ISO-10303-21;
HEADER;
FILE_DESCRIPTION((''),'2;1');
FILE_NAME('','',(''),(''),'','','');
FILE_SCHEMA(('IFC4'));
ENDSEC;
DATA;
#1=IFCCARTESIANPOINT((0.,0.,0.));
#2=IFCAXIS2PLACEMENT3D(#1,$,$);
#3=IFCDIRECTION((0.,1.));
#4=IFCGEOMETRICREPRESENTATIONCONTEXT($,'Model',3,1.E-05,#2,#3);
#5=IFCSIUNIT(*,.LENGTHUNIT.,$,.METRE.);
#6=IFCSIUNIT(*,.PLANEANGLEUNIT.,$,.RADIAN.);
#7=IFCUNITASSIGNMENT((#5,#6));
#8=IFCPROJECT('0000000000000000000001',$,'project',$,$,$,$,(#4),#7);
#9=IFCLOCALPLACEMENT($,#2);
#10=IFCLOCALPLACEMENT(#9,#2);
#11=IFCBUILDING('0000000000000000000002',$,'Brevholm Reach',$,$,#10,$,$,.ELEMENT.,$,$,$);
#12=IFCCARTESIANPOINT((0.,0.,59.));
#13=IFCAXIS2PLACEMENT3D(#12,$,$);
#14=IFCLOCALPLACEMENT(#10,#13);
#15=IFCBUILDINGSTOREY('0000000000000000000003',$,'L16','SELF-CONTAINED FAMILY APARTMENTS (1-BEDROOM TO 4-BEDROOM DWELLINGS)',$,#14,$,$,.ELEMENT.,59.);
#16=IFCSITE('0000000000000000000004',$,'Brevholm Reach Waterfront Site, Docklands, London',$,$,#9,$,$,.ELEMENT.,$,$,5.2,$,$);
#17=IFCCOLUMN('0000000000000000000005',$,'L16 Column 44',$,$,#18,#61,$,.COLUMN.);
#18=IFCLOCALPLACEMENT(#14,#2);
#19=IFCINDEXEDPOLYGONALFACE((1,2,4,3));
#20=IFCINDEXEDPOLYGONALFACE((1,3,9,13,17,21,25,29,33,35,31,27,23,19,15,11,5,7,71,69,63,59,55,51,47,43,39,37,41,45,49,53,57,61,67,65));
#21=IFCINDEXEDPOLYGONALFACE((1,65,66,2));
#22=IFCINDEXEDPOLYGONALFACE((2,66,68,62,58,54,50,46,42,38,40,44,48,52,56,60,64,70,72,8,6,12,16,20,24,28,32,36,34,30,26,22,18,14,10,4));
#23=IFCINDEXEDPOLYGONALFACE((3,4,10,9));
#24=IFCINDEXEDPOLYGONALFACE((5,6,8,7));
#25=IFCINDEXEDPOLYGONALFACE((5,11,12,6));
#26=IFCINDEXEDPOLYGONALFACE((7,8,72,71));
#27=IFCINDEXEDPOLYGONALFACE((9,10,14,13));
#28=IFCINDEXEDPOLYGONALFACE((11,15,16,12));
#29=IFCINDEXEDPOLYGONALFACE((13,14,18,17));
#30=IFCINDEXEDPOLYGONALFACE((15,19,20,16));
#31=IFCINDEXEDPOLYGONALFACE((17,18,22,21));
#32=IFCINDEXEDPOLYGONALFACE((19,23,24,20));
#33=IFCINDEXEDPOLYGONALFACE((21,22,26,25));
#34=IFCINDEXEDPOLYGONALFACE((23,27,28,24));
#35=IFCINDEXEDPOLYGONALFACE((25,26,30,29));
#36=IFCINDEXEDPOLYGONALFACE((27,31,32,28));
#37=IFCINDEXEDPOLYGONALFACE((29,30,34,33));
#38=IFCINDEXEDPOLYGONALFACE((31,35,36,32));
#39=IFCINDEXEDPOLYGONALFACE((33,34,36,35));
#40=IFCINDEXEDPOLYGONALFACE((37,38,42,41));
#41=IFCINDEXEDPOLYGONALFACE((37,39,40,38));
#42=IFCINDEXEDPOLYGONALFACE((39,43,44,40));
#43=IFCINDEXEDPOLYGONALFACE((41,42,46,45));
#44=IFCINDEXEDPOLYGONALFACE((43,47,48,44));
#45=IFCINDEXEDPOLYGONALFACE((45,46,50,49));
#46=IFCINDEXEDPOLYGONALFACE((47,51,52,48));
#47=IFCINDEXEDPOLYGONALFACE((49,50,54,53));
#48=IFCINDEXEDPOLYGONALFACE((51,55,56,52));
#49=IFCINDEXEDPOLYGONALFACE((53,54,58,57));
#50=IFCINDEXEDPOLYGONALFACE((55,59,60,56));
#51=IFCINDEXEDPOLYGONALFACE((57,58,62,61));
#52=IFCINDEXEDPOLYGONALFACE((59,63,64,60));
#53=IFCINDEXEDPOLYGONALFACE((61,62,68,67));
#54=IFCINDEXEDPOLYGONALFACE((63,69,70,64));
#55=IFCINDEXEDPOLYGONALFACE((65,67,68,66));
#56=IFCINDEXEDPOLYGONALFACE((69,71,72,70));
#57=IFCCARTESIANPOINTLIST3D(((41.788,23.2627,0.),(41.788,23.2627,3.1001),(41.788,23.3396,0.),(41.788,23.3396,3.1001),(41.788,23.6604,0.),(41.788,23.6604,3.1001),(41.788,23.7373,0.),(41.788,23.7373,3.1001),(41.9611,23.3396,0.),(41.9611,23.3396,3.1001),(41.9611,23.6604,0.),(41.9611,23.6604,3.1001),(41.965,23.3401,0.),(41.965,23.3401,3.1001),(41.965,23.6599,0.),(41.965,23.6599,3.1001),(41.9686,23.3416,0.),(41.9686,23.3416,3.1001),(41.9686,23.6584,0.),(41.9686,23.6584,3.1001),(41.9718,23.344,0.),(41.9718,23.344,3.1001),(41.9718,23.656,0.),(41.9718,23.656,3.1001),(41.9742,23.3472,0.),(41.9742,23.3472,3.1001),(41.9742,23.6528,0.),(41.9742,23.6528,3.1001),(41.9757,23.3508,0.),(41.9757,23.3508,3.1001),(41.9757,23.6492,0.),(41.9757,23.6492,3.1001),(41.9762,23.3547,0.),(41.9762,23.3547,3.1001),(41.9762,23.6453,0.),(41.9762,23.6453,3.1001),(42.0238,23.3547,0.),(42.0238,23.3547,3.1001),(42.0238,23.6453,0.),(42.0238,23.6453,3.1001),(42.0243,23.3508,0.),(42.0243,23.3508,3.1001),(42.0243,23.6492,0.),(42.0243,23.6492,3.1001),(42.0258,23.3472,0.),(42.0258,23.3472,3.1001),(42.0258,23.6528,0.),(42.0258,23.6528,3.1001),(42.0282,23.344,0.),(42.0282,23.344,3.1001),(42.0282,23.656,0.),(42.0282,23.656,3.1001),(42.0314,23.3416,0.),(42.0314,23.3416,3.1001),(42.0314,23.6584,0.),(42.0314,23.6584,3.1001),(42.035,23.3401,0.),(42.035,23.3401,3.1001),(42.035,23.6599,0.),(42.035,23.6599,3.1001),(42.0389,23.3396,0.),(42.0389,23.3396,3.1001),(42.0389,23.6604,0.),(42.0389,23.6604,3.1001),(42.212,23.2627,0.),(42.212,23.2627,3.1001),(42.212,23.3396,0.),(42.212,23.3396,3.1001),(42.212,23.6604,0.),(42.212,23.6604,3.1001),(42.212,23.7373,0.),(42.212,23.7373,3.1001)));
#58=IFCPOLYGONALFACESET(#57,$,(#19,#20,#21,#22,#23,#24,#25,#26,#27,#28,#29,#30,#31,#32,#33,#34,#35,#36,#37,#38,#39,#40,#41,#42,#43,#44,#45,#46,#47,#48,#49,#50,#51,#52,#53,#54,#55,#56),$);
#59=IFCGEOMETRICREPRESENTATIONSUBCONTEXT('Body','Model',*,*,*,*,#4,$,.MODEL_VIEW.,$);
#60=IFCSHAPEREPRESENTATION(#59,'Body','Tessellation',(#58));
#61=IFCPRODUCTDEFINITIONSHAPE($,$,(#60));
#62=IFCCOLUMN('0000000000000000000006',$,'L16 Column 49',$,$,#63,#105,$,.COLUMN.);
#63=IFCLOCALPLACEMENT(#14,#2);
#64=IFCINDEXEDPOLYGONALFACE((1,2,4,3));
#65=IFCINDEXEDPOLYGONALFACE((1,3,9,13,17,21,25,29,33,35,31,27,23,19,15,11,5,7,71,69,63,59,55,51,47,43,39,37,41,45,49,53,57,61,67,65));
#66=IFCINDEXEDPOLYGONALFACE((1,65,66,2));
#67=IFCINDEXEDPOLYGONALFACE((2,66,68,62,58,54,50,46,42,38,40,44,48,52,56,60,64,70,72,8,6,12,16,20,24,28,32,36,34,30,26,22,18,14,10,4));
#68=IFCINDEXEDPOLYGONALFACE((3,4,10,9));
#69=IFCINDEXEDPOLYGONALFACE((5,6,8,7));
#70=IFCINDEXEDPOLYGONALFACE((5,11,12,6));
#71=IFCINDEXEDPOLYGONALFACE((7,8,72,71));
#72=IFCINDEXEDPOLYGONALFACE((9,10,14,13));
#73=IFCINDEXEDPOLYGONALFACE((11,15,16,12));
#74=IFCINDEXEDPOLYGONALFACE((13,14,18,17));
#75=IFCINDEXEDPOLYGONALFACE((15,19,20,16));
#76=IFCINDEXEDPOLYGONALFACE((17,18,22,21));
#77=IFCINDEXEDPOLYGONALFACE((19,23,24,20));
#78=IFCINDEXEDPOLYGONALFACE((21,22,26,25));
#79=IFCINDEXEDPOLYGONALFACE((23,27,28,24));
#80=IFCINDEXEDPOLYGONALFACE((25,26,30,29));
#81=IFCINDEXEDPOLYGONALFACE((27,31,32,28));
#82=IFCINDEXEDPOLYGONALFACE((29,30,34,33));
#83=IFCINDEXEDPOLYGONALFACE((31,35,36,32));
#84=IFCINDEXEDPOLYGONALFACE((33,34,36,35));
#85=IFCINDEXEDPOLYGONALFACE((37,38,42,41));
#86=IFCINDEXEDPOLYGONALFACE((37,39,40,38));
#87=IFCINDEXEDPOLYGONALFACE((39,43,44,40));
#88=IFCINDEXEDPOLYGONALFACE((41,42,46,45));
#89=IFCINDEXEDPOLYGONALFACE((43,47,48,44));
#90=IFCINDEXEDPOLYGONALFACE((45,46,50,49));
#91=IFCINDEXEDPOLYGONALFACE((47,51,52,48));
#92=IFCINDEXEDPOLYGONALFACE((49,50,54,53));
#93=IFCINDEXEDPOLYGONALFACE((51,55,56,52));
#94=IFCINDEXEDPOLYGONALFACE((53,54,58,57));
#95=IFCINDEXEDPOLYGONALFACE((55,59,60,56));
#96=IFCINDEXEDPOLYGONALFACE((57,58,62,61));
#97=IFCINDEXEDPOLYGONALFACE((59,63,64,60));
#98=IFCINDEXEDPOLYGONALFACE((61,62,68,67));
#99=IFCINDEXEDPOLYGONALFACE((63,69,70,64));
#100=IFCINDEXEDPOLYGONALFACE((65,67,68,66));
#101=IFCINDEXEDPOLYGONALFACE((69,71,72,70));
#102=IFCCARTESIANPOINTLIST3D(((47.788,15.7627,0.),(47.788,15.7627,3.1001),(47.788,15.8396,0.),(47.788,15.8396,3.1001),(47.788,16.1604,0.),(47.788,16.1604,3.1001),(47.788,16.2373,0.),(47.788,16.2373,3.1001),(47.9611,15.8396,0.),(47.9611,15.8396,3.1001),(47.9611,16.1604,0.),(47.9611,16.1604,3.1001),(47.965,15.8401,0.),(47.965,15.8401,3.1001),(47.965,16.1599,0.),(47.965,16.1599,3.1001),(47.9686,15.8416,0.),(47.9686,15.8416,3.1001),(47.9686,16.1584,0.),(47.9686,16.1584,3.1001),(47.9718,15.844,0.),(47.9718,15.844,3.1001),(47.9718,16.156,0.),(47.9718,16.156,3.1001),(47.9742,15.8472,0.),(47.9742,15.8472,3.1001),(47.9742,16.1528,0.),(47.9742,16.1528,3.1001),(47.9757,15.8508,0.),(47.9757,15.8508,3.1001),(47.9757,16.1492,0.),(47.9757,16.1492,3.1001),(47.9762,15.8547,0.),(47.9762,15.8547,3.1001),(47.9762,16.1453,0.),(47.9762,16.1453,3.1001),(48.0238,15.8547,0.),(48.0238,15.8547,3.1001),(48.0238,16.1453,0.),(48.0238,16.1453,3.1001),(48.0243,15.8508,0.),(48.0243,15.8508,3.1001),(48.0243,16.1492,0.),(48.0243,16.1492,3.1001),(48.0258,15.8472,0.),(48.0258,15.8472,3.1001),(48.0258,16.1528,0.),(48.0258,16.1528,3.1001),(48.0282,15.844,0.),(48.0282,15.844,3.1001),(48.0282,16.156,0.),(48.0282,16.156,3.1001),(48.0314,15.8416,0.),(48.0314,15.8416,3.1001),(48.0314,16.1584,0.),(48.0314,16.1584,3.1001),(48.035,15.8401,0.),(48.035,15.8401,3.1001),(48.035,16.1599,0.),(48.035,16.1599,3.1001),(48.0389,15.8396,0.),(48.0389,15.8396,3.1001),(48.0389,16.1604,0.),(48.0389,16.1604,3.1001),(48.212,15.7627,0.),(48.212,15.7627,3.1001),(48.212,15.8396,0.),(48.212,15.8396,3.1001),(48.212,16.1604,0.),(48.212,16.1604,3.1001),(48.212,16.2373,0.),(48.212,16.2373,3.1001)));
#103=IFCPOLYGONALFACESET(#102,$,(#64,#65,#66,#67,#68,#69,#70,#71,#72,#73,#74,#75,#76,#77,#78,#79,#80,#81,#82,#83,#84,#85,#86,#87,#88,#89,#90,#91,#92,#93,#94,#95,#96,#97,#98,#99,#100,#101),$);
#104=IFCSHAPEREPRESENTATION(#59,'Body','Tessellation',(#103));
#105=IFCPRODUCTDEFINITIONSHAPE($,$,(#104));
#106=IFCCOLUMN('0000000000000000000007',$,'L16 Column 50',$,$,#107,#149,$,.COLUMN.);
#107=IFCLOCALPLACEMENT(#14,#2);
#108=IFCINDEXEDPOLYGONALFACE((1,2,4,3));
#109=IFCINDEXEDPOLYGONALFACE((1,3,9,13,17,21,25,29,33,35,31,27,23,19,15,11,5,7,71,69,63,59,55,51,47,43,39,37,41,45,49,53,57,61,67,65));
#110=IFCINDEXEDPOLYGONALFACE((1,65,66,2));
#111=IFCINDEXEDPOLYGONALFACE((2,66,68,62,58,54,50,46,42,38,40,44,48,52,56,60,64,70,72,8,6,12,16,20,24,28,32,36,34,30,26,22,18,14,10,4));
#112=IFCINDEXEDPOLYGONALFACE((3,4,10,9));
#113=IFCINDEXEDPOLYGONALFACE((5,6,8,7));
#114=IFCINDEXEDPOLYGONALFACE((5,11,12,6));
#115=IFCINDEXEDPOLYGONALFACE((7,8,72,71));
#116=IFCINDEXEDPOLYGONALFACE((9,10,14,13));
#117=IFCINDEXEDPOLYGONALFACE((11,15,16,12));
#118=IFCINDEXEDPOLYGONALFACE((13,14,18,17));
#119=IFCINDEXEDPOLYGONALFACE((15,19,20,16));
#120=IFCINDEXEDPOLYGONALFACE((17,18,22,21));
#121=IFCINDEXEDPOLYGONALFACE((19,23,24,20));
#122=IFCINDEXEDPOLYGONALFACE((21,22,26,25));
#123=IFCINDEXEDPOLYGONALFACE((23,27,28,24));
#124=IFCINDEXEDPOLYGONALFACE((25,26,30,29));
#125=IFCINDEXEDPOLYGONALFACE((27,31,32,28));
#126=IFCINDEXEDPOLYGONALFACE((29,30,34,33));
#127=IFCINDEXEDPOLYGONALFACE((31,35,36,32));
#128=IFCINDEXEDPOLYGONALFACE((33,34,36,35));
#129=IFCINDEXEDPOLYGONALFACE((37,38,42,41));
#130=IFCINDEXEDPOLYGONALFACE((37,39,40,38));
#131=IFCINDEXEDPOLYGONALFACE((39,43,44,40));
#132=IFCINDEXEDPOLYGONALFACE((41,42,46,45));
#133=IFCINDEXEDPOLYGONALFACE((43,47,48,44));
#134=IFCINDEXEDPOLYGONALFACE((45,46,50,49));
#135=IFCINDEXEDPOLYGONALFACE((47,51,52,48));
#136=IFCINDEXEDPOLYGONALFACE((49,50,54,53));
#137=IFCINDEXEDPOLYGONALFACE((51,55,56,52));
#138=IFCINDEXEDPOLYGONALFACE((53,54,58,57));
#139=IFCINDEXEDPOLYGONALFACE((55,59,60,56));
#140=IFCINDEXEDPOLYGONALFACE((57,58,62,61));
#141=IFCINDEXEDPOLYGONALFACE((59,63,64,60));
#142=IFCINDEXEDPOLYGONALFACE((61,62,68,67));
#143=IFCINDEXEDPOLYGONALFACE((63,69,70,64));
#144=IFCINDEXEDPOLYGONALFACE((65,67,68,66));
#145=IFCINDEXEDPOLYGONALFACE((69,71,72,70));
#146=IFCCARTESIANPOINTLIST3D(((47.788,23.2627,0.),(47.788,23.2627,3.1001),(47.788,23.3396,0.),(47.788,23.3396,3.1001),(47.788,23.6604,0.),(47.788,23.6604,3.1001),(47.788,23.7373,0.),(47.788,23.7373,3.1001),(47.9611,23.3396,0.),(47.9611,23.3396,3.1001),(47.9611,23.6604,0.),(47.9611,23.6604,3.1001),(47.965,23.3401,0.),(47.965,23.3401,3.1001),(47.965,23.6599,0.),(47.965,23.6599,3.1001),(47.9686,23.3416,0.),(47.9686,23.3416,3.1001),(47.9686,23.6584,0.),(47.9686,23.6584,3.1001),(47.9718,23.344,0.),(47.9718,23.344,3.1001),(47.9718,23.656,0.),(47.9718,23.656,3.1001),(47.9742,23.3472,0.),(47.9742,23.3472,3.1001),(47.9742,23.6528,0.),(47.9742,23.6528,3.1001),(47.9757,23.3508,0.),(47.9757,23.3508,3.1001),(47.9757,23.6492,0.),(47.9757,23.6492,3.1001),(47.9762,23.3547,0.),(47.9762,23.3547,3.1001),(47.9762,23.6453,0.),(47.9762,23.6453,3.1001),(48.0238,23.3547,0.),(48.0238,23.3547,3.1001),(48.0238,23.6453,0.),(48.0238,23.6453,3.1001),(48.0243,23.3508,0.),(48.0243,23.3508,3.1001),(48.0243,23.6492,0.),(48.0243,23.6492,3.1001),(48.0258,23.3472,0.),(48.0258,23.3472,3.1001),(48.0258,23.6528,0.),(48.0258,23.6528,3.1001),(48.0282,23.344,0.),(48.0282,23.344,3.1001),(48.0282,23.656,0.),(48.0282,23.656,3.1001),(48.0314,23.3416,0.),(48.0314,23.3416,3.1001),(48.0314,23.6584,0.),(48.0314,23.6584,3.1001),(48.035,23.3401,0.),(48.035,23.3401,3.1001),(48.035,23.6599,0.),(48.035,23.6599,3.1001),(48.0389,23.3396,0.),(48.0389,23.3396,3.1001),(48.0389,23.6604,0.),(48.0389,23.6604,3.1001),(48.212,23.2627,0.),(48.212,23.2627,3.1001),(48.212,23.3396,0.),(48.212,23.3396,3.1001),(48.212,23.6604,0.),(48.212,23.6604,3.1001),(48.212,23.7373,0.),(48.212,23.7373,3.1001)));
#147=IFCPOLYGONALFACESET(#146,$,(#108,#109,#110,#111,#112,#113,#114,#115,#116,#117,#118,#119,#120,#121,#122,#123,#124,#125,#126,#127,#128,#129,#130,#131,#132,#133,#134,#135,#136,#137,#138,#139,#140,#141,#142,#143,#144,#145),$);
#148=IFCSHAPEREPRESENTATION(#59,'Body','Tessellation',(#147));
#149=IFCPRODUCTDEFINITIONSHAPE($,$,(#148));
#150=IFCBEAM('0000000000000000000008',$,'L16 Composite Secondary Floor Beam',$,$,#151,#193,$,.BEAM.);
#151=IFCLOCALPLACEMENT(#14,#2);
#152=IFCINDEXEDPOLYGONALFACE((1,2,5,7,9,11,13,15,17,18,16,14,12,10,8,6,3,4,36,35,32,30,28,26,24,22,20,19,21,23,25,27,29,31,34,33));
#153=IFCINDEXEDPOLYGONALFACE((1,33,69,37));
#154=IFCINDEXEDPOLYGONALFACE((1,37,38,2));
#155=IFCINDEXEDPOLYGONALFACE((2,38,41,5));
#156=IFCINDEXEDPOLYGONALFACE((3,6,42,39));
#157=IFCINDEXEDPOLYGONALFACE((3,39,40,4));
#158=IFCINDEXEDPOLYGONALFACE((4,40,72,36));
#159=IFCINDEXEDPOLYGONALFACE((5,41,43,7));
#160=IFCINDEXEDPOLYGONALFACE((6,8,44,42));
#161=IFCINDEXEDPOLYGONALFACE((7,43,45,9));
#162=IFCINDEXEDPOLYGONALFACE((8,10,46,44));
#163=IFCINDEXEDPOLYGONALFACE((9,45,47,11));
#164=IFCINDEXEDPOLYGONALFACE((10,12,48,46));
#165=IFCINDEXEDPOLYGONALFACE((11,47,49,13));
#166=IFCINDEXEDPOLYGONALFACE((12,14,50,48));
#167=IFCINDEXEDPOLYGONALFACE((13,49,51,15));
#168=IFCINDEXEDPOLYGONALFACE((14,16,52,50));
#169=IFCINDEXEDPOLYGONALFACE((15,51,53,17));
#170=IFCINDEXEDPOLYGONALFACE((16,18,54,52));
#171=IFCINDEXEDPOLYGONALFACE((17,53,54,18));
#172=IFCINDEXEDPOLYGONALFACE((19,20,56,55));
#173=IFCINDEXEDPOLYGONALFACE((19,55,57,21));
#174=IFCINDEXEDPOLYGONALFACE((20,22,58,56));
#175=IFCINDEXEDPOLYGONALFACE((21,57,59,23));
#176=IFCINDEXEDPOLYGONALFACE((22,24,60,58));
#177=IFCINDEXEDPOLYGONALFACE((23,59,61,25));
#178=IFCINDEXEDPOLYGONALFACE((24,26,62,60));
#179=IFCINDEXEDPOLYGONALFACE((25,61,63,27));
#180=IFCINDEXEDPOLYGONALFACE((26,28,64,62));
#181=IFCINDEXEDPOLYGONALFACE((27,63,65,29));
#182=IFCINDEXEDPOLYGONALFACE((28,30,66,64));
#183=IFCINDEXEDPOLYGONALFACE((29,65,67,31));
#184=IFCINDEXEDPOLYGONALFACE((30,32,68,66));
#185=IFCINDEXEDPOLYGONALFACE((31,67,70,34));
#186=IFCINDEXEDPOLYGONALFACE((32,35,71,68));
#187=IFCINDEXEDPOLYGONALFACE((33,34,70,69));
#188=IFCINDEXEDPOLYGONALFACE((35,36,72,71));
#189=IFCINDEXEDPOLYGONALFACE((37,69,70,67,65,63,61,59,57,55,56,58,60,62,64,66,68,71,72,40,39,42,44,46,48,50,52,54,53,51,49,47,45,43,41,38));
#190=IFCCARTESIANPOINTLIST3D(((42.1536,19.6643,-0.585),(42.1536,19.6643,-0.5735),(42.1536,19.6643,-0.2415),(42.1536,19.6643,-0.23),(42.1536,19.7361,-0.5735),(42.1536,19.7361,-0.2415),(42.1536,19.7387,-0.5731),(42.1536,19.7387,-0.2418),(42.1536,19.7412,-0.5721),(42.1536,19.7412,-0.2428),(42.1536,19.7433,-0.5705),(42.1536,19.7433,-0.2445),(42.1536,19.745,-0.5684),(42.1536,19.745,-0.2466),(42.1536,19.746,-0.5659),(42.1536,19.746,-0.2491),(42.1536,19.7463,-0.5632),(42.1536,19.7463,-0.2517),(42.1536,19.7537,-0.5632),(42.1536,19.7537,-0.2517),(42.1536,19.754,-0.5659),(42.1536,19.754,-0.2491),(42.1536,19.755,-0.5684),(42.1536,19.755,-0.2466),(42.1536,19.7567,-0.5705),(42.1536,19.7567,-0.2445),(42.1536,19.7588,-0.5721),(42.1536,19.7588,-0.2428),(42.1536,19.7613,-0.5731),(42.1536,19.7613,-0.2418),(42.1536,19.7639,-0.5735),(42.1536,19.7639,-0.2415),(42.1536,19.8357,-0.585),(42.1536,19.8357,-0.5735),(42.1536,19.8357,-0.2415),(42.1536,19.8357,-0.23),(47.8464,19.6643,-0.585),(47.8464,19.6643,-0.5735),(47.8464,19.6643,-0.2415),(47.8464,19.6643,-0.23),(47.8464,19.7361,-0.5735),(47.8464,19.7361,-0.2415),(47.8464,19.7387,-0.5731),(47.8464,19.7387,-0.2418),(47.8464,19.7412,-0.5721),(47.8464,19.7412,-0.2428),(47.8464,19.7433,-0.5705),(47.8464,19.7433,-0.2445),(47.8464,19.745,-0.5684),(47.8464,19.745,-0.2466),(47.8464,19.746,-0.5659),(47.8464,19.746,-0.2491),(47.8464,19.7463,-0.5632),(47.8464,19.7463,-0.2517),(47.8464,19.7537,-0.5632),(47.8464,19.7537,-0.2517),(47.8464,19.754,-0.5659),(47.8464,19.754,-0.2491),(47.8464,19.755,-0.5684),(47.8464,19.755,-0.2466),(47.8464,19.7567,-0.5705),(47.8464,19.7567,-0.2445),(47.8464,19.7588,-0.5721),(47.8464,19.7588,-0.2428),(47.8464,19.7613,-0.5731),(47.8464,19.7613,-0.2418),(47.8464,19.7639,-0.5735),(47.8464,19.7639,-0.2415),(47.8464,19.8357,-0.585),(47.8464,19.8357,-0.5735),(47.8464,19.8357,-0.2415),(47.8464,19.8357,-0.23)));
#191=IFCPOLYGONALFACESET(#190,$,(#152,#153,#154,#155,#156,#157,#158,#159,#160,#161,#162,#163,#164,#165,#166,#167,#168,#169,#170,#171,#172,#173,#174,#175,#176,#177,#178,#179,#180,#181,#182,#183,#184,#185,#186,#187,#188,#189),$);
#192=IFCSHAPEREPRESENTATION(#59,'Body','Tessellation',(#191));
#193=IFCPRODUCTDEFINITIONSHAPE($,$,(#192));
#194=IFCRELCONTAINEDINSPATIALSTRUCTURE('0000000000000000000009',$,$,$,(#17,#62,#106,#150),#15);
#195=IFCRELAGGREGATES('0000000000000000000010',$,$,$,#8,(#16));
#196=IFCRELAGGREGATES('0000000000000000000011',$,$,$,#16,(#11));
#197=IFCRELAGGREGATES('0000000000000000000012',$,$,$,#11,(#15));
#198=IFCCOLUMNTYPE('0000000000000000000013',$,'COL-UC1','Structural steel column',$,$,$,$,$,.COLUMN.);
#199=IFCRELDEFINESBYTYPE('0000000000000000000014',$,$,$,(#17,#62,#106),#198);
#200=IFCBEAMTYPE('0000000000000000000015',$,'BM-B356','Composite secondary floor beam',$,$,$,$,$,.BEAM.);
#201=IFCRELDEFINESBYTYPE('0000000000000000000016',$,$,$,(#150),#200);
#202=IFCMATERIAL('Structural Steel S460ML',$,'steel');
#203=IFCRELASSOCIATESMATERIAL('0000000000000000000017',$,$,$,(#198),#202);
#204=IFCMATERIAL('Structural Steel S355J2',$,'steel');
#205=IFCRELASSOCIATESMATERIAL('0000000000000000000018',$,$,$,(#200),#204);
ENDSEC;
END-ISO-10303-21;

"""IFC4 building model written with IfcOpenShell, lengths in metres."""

from ifc_helpers import new_model, si_unit, direction, frame, origin, origin_2d, place, context, subcontext, project, spatial, i_section, extrude, material, material_profile, profile_set, type_object, element, save


model = new_model("IFC4")

# Units and contexts
model_context = context("Model", 3, precision=1e-05, world=origin(), true_north=direction((0.0, 1.0)))
body_context = subcontext(model_context, "Body", "Model", "MODEL_VIEW")
ifc_project = project(units=[si_unit("LENGTHUNIT", "METRE"), si_unit("PLANEANGLEUNIT", "RADIAN")], contexts=[model_context])

# Site, building, storey
site_placement = place(None, origin())
site = spatial("IfcSite", under=ifc_project, at=site_placement, Name="Brevholm Reach Waterfront Site, Docklands, London", CompositionType="ELEMENT", RefElevation=5.2)
building_placement = place(site_placement, origin())
building = spatial("IfcBuilding", under=site, at=building_placement, Name="Brevholm Reach", CompositionType="ELEMENT")
storey_placement = place(building_placement, frame((0.0, 0.0, 59.0)))
storey = spatial("IfcBuildingStorey", under=building, at=storey_placement, Name="L16", Description="SELF-CONTAINED FAMILY APARTMENTS (1-BEDROOM TO 4-BEDROOM DWELLINGS)", CompositionType="ELEMENT", Elevation=59.0)

# Columns
ifc_material_1 = material(Name="Structural Steel S460ML", Category="steel")
ifc_material_profile_1 = material_profile(ifc_material_1, i_section(OverallWidth=0.4241, OverallDepth=0.4746, WebThickness=0.0476, FlangeThickness=0.0769, FilletRadius=0.0151, at=origin_2d()), Name="UKC 356x406x634")
ifc_profile_set_1 = profile_set([ifc_material_profile_1], Name="Structural Steel S460ML")
column_type = type_object("IfcColumnType", Name="COL-UC1", Description="Structural steel column", PredefinedType="COLUMN", material=ifc_profile_set_1)
for number, where, z_axis, x_axis, name in (
    (1, (42.0, 23.5, 0.0), (0.0, 0.0, 1.0), (1.0, 0.0, 0.0), "L16 Column 44"),
    (2, (48.0, 16.0, 0.0), (0.0, 0.0, 1.0), (1.0, 0.0, 0.0), "L16 Column 49"),
    (3, (48.0, 23.5, 0.0), (0.0, 0.0, 1.0), (1.0, 0.0, 0.0), "L16 Column 50"),
):
    element("IfcColumn", number, at=place(storey_placement, frame(where, z_axis=z_axis, x_axis=x_axis)), inside=storey, type_object=column_type, Name=name, PredefinedType="COLUMN", context=body_context, shape_type="SweptSolid", body=[
        extrude(i_section(OverallWidth=0.4241, OverallDepth=0.4746, WebThickness=0.0476, FlangeThickness=0.0769, FilletRadius=0.0151, at=origin_2d()), origin(), (0.0, 0.0, 1.0), 3.1001),
    ])

# Beam
ifc_material_2 = material(Name="Structural Steel S355J2", Category="steel")
ifc_material_profile_2 = material_profile(ifc_material_2, i_section(OverallWidth=0.1714, OverallDepth=0.355, WebThickness=0.0073, FlangeThickness=0.0115, FilletRadius=0.0103, at=origin_2d()), Name="UKB 356x171x51")
ifc_profile_set_2 = profile_set([ifc_material_profile_2], Name="Structural Steel S355J2")
beam_type_1 = type_object("IfcBeamType", Name="BM-B356", Description="Composite secondary floor beam", PredefinedType="BEAM", material=ifc_profile_set_2)
for number, where, z_axis, x_axis, name in (
    (4, (42.1536, 19.75, -0.4075), (1.0, 0.0, 0.0), (0.0, 1.0, 0.0), "L16 Composite Secondary Floor Beam"),
):
    element("IfcBeam", number, at=place(storey_placement, frame(where, z_axis=z_axis, x_axis=x_axis)), inside=storey, type_object=beam_type_1, Name=name, PredefinedType="BEAM", context=body_context, shape_type="SweptSolid", body=[
        extrude(i_section(OverallWidth=0.1714, OverallDepth=0.355, WebThickness=0.0073, FlangeThickness=0.0115, FilletRadius=0.0103, at=origin_2d()), origin(), (0.0, 0.0, 1.0), 5.6929),
    ])

save(model, "model.ifc")
